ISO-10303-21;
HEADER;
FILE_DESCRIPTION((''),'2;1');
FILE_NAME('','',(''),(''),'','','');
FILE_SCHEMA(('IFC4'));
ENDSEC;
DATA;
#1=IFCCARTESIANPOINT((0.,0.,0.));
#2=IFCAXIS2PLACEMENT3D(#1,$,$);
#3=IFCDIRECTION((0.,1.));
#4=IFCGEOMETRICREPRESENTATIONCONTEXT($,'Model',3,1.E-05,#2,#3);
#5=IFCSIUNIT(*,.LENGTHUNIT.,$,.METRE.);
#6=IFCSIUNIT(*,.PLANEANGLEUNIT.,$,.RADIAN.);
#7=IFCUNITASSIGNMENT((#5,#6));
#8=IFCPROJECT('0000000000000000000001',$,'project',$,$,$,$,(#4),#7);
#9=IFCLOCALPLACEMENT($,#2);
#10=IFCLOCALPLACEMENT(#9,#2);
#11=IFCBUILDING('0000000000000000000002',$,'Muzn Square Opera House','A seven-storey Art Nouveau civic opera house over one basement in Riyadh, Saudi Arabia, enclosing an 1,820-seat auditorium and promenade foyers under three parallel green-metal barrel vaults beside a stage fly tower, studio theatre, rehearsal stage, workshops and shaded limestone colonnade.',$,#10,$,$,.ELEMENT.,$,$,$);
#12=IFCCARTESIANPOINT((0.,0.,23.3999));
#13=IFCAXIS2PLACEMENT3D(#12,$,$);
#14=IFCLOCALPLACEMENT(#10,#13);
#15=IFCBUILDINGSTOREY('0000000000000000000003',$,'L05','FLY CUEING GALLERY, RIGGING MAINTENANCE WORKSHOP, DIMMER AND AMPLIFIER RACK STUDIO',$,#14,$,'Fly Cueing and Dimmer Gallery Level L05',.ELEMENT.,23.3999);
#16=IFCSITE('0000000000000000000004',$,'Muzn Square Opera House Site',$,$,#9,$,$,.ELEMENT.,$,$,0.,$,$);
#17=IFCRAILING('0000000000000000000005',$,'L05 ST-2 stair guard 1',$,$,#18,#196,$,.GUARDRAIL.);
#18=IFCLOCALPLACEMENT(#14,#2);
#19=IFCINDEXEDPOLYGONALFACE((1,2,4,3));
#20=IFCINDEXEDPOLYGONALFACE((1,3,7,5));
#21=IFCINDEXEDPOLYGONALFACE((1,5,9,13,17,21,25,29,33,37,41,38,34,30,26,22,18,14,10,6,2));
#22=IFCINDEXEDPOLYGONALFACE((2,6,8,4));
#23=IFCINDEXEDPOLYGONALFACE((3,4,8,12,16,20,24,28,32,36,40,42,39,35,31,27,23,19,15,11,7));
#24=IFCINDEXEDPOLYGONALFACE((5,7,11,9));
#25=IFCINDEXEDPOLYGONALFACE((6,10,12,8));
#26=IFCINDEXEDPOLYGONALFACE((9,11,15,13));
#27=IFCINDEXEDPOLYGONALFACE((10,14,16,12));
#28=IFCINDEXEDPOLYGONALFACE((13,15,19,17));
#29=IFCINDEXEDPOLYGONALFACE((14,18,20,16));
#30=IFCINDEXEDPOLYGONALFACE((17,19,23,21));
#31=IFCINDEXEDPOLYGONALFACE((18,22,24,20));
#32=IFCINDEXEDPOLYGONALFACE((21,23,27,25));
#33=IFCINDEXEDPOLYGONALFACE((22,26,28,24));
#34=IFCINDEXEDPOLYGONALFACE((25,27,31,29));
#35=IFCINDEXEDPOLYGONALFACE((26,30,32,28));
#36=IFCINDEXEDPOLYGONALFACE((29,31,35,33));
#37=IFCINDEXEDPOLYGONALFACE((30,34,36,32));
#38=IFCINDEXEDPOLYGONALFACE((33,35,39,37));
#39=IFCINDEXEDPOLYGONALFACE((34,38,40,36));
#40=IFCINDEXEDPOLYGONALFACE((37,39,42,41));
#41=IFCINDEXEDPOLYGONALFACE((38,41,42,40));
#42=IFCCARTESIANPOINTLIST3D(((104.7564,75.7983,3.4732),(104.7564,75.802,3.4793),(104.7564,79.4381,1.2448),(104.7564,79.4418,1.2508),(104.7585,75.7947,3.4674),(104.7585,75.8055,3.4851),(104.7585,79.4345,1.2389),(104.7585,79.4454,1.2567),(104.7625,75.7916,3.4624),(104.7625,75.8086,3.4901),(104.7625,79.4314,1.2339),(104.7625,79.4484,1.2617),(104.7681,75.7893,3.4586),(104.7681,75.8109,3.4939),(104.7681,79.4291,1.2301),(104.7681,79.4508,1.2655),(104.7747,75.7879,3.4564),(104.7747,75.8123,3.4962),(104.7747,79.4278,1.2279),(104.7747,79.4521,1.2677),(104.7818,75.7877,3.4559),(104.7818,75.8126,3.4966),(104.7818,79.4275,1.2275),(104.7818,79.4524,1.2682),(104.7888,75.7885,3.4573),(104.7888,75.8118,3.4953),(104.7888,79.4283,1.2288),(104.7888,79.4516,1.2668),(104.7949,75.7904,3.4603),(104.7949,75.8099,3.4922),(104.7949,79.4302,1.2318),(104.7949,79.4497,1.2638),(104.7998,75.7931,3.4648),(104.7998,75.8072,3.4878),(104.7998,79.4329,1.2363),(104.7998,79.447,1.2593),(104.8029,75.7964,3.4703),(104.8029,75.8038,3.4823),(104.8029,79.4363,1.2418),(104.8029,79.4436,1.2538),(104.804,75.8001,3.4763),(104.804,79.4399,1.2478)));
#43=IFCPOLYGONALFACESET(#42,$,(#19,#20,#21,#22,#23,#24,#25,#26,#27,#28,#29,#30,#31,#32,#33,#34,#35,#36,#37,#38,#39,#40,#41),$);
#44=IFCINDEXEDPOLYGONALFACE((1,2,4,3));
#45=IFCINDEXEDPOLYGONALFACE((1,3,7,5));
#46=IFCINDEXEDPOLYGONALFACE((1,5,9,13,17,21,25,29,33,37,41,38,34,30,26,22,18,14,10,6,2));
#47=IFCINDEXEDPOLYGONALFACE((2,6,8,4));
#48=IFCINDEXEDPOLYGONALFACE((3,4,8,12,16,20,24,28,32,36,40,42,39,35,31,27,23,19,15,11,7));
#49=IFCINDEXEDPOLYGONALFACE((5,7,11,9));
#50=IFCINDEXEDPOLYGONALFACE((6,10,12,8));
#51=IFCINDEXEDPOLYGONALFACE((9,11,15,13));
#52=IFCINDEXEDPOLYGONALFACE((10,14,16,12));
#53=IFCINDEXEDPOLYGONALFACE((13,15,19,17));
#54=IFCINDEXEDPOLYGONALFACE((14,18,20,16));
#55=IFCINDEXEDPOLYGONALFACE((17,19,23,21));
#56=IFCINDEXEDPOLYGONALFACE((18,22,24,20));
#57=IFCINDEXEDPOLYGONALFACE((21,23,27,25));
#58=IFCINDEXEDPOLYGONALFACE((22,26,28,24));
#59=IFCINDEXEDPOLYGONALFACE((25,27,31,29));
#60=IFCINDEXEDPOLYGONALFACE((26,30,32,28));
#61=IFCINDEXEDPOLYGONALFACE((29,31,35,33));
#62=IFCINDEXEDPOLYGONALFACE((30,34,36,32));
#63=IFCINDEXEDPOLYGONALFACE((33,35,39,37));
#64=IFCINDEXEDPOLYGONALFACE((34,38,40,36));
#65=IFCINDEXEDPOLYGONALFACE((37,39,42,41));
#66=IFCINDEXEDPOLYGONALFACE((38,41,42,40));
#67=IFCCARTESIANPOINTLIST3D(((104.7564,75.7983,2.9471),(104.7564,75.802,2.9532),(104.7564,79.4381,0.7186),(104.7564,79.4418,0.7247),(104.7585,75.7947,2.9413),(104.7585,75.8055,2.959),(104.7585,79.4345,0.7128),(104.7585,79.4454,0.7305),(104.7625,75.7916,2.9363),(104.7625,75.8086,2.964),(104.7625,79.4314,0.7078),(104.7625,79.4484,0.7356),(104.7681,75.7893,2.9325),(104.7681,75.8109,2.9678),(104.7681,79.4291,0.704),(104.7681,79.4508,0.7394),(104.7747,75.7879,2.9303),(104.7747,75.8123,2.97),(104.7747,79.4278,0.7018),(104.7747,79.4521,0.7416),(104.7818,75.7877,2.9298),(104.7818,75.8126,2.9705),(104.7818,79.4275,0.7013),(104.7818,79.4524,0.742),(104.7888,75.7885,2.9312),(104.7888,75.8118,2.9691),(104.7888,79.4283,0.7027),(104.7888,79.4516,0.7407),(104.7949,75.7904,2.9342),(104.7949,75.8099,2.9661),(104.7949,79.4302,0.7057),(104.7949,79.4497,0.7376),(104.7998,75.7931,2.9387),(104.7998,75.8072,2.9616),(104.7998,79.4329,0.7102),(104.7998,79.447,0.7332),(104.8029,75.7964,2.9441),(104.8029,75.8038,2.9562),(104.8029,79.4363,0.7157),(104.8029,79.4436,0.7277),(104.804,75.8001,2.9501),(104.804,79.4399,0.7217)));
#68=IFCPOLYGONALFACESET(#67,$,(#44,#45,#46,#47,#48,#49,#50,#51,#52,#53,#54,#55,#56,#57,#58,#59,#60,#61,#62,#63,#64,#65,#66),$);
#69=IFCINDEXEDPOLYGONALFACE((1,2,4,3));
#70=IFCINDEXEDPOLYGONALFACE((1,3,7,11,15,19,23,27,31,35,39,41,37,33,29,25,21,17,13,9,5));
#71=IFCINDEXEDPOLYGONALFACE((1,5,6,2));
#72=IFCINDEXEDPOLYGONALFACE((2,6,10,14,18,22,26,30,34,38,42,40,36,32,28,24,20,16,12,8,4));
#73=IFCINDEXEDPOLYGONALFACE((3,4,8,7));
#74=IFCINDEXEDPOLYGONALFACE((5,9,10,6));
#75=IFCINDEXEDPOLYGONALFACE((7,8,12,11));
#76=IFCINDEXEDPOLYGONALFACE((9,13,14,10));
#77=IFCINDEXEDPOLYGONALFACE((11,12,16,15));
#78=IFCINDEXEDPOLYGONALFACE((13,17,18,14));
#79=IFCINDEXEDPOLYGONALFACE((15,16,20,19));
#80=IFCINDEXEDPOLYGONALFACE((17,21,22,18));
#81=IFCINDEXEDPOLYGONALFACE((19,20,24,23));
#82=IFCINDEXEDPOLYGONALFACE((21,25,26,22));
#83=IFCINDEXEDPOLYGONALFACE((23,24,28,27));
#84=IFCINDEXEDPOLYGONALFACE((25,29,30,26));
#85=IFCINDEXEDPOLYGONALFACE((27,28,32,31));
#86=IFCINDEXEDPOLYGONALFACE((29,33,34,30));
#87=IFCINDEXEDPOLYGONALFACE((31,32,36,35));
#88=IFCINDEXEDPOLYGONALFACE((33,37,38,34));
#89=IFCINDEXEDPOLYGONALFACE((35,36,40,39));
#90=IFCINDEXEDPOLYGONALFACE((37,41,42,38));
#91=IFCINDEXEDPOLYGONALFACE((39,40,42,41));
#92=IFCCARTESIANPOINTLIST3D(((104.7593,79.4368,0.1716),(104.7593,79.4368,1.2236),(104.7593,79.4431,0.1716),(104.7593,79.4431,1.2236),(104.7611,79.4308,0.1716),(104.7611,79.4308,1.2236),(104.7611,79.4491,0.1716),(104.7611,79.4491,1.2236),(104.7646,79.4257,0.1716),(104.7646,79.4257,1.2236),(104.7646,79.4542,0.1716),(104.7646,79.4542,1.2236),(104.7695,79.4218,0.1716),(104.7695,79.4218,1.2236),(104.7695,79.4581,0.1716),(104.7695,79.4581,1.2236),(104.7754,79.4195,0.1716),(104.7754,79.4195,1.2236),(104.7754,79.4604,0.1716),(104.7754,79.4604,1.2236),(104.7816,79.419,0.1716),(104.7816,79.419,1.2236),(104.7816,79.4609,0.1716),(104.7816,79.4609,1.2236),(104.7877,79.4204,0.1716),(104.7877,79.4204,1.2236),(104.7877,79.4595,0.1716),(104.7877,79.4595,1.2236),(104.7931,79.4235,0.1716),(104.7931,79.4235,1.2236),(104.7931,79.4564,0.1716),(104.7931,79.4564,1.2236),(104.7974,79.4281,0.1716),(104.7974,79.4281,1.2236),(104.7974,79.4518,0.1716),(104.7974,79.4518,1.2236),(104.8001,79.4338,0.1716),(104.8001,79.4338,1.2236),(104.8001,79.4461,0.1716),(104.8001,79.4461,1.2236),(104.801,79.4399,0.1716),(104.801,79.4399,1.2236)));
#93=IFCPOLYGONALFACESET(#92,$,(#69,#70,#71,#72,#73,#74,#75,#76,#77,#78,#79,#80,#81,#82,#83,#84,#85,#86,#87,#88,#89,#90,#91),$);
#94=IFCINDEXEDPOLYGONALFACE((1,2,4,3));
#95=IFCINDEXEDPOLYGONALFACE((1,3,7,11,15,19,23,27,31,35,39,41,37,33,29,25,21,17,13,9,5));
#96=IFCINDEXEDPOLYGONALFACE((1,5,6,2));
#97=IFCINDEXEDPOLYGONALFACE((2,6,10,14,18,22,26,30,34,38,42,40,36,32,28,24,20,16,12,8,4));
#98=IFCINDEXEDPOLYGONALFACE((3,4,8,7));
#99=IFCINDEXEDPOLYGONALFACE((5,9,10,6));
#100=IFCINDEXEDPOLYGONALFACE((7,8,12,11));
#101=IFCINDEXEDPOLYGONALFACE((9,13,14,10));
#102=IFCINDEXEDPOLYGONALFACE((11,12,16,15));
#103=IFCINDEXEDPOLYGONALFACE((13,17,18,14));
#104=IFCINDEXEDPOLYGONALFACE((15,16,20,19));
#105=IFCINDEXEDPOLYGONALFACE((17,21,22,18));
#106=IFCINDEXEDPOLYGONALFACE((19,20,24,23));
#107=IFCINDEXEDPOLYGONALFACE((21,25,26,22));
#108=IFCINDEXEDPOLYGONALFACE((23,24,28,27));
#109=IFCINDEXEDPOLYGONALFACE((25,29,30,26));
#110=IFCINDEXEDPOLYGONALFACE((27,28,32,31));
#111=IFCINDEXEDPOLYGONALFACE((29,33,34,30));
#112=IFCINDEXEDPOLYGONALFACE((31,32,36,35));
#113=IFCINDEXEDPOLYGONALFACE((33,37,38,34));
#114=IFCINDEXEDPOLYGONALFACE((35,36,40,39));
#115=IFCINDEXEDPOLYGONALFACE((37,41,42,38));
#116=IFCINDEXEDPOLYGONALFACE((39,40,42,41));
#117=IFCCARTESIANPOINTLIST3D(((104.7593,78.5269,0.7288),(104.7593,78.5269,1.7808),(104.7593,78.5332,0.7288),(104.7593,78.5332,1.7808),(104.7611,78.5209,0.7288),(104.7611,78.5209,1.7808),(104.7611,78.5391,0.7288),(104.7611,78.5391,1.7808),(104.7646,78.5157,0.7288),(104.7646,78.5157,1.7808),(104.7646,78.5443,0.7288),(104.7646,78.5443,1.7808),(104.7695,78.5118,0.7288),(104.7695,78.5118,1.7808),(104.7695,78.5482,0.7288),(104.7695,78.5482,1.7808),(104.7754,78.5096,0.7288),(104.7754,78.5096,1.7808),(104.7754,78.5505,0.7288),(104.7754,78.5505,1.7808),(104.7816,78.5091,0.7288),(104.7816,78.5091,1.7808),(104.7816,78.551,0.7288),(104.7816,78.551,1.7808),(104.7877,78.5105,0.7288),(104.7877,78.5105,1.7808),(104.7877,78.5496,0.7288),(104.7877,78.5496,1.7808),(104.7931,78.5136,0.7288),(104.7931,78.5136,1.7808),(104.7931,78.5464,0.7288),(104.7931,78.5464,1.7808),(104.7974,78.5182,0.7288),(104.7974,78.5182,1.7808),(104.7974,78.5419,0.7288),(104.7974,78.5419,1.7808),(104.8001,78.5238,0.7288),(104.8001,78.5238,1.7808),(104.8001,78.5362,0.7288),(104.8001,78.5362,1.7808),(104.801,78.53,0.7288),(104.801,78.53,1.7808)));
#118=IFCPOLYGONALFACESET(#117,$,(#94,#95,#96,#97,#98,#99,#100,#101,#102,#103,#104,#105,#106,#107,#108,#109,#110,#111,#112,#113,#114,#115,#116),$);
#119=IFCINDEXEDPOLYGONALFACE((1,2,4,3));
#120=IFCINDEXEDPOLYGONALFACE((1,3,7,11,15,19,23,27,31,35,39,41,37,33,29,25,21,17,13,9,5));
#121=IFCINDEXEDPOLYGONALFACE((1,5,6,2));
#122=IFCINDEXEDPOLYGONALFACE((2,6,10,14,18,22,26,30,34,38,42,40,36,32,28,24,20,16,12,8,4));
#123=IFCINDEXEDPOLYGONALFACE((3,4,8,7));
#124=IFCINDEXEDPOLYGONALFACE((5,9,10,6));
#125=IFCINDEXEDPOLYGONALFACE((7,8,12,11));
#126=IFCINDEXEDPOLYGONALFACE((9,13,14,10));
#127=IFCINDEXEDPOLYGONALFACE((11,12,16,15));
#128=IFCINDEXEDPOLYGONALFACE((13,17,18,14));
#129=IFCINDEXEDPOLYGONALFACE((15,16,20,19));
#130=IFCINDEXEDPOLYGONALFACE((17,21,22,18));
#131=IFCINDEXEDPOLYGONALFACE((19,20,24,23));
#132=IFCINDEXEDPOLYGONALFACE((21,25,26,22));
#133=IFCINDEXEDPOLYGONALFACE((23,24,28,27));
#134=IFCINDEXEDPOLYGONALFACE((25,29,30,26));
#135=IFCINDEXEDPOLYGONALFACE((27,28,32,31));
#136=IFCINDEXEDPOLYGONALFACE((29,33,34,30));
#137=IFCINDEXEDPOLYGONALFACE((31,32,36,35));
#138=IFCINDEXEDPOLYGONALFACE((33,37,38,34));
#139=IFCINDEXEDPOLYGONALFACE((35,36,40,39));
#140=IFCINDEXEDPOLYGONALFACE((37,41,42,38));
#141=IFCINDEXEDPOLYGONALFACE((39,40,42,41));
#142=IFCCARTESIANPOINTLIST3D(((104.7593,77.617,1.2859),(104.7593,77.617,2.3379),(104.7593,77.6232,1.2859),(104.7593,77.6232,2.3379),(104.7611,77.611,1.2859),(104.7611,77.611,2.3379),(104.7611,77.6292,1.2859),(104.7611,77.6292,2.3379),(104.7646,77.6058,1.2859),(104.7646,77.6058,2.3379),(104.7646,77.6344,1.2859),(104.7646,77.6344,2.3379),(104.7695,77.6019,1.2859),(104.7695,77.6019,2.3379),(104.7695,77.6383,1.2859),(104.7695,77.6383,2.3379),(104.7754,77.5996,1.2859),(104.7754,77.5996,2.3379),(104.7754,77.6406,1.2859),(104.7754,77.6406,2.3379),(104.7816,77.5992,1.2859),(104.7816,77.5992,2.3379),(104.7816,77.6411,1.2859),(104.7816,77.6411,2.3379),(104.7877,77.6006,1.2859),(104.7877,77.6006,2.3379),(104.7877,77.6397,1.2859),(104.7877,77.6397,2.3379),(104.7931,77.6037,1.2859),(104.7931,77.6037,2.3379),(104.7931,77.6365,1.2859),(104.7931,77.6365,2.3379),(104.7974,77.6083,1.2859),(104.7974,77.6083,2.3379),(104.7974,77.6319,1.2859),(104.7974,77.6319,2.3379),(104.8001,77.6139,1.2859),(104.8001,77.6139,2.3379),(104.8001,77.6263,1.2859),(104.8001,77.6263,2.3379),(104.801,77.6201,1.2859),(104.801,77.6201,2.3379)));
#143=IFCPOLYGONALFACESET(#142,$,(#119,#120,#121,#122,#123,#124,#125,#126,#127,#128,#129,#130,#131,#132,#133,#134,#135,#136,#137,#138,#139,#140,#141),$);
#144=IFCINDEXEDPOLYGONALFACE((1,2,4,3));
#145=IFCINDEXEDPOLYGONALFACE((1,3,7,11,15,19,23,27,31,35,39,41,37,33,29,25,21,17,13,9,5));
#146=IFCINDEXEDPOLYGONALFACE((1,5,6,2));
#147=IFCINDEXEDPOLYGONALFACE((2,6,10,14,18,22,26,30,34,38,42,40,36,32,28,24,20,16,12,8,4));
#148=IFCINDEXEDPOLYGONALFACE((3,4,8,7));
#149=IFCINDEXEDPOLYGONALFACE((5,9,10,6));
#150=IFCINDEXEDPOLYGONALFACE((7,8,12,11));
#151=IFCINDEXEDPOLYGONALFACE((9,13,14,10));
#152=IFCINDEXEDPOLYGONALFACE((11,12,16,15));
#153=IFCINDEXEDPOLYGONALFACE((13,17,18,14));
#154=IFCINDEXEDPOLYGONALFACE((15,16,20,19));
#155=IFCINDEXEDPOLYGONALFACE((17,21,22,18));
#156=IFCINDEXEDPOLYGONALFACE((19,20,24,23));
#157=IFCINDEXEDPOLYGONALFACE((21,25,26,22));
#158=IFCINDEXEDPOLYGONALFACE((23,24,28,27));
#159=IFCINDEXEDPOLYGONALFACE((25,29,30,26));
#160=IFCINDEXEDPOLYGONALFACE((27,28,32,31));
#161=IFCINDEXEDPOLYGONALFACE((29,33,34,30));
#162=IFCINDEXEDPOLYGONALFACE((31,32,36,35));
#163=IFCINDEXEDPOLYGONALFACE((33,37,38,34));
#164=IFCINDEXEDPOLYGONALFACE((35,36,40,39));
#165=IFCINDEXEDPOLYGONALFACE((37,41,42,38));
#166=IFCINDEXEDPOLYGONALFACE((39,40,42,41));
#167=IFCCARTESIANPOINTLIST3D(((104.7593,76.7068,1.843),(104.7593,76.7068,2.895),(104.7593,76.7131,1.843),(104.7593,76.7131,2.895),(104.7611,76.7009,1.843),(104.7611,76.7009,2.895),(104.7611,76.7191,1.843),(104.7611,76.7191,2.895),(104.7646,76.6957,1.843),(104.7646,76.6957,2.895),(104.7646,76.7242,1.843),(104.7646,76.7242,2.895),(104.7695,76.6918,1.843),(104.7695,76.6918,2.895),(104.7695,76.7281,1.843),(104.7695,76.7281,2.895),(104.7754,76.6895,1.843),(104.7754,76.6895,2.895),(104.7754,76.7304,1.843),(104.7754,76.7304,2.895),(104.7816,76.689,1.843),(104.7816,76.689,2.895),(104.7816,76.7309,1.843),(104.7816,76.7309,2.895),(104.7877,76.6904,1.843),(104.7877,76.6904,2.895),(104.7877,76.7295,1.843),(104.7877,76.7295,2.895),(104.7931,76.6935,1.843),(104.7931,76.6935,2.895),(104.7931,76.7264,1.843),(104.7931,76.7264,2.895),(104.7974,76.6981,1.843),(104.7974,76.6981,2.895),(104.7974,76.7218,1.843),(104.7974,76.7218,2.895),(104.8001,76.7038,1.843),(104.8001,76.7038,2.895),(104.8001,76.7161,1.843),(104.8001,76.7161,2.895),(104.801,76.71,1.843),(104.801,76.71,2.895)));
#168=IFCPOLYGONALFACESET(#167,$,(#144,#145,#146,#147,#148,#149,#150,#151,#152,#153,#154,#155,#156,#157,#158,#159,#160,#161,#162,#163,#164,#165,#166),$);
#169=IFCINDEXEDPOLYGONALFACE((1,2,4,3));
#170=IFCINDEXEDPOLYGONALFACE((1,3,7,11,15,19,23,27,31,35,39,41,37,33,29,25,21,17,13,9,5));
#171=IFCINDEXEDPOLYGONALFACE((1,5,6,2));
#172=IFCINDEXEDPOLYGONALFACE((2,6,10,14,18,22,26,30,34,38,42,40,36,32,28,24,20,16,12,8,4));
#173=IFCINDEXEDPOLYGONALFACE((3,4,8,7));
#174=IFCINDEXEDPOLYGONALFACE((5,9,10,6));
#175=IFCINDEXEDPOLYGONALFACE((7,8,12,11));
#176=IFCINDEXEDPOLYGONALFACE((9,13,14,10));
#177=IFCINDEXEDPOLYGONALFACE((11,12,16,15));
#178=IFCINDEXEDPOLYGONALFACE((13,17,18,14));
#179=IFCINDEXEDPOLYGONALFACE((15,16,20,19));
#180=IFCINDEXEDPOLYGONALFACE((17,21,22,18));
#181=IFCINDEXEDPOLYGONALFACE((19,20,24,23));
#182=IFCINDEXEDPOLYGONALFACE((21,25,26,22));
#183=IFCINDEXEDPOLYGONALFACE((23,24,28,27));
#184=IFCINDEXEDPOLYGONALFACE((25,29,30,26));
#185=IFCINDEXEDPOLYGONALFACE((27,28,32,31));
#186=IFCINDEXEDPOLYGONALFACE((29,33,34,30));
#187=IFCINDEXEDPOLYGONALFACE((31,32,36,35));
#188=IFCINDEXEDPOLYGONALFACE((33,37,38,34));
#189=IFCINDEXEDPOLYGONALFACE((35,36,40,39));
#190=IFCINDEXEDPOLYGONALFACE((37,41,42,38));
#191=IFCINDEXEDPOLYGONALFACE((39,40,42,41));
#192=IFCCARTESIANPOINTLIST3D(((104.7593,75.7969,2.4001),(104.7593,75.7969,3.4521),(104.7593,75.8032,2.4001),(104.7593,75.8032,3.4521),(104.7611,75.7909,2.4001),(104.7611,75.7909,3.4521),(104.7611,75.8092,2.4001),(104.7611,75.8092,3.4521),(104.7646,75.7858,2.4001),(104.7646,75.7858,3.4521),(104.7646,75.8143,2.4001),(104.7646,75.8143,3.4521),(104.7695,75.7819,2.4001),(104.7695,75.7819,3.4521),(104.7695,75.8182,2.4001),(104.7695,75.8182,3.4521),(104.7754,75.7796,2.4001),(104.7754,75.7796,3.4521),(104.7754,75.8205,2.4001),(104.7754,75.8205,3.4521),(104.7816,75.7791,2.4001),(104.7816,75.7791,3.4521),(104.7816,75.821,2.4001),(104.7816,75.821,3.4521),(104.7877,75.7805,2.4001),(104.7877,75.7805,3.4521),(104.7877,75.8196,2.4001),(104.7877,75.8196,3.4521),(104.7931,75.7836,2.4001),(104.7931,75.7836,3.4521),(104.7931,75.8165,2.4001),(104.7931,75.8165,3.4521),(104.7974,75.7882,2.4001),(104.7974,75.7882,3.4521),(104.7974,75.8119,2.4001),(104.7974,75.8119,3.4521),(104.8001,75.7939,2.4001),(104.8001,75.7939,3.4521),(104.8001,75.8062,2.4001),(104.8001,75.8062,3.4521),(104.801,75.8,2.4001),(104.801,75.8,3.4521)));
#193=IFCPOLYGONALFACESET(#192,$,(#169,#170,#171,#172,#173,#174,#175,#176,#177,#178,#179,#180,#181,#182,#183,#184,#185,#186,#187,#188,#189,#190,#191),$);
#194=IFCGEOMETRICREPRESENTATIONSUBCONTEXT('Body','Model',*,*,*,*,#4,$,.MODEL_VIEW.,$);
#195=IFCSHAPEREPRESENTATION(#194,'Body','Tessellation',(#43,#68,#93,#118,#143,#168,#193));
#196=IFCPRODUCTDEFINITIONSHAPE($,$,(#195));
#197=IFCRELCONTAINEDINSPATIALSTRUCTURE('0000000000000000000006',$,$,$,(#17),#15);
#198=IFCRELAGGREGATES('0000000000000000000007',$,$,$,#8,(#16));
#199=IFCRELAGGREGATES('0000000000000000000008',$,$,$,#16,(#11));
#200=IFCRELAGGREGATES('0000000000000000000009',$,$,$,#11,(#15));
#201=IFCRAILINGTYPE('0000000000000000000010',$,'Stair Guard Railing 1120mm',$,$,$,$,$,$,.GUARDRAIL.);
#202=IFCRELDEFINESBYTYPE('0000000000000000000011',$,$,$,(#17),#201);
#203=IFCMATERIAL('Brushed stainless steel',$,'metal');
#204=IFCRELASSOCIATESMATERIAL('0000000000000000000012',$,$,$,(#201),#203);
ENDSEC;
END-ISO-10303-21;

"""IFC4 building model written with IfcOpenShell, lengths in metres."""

from ifc_helpers import new_model, si_unit, direction, frame, origin, origin_2d, place, context, subcontext, project, spatial, circle, extrude, material, type_object, element, save


model = new_model("IFC4")

# Units and contexts
model_context = context("Model", 3, precision=1e-05, world=origin(), true_north=direction((0.0, 1.0)))
body_context = subcontext(model_context, "Body", "Model", "MODEL_VIEW")
ifc_project = project(units=[si_unit("LENGTHUNIT", "METRE"), si_unit("PLANEANGLEUNIT", "RADIAN")], contexts=[model_context])

# Site, building, storey
site_placement = place(None, origin())
site = spatial("IfcSite", under=ifc_project, at=site_placement, Name="Muzn Square Opera House Site", CompositionType="ELEMENT", RefElevation=0.0)
building_placement = place(site_placement, origin())
building = spatial("IfcBuilding", under=site, at=building_placement, Name="Muzn Square Opera House", Description="A seven-storey Art Nouveau civic opera house over one basement in Riyadh, Saudi Arabia, enclosing an 1,820-seat auditorium and promenade foyers under three parallel green-metal barrel vaults beside a stage fly tower, studio theatre, rehearsal stage, workshops and shaded limestone colonnade.", CompositionType="ELEMENT")
storey_placement = place(building_placement, frame((0.0, 0.0, 23.3999)))
storey = spatial("IfcBuildingStorey", under=building, at=storey_placement, Name="L05", Description="FLY CUEING GALLERY, RIGGING MAINTENANCE WORKSHOP, DIMMER AND AMPLIFIER RACK STUDIO", LongName="Fly Cueing and Dimmer Gallery Level L05", CompositionType="ELEMENT", Elevation=23.3999)

# Railing
ifc_material_1 = material(Name="Brushed stainless steel", Category="metal")
railing_type_1 = type_object("IfcRailingType", Name="Stair Guard Railing 1120mm", PredefinedType="GUARDRAIL", material=ifc_material_1)
railing_1_placement = place(storey_placement, frame((104.78, 79.4399, 0.1716)))
element("IfcRailing", 1, at=railing_1_placement, inside=storey, type_object=railing_type_1, Name="L05 ST-2 stair guard 1", PredefinedType="GUARDRAIL", context=body_context, shape_type="SweptSolid", body=[
    extrude(circle(Radius=0.0239, at=origin_2d()), frame((0.0, 0.0, 1.0762), z_axis=(0.0, -0.85285, 0.522156), x_axis=(1.0, 0.0, 0.0)), (0.0, 0.0, 1.0), 4.2678),
    extrude(circle(Radius=0.0239, at=origin_2d()), frame((0.0, 0.0, 0.55), z_axis=(0.0, -0.85285, 0.522156), x_axis=(1.0, 0.0, 0.0)), (0.0, 0.0, 1.0), 4.2678),
    extrude(circle(Radius=0.021, at=origin_2d()), origin(), (0.0, 0.0, 1.0), 1.052),
    extrude(circle(Radius=0.021, at=origin_2d()), frame((0.0, -0.9099, 0.5571)), (0.0, 0.0, 1.0), 1.052),
    extrude(circle(Radius=0.021, at=origin_2d()), frame((0.0, -1.8198, 1.1143)), (0.0, 0.0, 1.0), 1.052),
    extrude(circle(Radius=0.021, at=origin_2d()), frame((0.0, -2.73, 1.6714)), (0.0, 0.0, 1.0), 1.052),
    extrude(circle(Radius=0.021, at=origin_2d()), frame((0.0, -3.6399, 2.2285)), (0.0, 0.0, 1.0), 1.052),
])

save(model, "model.ifc")
